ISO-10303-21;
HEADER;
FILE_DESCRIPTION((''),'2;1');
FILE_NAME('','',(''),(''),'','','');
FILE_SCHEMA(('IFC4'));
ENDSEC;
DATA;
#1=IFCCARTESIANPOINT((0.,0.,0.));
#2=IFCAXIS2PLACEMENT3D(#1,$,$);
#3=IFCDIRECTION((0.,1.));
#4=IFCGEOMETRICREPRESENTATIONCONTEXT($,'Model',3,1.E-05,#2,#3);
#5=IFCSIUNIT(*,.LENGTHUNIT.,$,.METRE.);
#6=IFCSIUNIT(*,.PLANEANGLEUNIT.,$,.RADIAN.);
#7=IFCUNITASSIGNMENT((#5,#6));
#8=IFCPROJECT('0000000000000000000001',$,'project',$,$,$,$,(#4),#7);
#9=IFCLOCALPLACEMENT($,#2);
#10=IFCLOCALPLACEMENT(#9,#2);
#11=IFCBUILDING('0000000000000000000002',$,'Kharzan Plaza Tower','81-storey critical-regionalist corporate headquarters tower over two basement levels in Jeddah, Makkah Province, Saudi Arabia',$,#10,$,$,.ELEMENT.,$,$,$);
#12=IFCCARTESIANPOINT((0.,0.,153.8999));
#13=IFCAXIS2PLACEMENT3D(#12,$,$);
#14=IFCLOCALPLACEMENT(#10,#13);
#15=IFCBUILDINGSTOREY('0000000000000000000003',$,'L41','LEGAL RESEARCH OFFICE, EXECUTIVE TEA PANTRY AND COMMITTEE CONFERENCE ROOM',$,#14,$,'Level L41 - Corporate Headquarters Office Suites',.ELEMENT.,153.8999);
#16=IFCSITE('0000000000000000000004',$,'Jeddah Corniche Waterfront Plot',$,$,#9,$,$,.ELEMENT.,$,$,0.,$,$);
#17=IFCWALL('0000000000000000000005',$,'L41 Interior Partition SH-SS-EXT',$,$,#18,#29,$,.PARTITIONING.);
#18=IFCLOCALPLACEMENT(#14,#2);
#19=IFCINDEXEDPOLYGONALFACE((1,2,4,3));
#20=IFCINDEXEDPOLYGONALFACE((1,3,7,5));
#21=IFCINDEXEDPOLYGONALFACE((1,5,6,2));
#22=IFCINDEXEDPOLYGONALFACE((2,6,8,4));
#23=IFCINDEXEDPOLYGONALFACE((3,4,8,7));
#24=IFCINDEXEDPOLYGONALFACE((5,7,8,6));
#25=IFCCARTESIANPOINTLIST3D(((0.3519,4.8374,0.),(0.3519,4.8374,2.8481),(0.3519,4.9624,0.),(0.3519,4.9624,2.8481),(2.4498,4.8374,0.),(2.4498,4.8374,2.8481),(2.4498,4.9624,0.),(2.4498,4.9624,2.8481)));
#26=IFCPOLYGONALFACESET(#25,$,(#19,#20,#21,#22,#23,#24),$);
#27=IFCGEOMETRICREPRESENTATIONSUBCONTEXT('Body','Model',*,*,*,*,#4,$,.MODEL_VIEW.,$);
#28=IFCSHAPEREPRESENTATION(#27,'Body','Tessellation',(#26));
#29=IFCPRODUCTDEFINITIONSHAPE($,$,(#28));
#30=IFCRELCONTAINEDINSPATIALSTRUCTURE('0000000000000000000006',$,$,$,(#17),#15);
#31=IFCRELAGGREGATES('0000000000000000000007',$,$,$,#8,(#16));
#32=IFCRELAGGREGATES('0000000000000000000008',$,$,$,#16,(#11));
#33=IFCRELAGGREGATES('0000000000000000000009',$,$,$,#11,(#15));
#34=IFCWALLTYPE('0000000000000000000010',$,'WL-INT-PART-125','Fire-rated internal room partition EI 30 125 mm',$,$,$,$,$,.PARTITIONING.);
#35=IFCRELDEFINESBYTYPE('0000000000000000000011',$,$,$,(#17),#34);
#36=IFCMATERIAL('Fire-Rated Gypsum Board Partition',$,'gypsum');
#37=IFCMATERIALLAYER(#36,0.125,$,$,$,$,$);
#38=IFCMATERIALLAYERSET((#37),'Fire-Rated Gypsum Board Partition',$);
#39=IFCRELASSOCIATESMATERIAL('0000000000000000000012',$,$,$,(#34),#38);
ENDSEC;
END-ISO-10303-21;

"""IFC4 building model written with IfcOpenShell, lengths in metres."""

from ifc_helpers import new_model, si_unit, direction, frame, frame_2d, origin, place, context, subcontext, project, spatial, rectangle, extrude, source, transform, mapped, material, layer, layer_set, type_object, element, save


model = new_model("IFC4")

# Units and contexts
model_context = context("Model", 3, precision=1e-05, world=origin(), true_north=direction((0.0, 1.0)))
body_context = subcontext(model_context, "Body", "Model", "MODEL_VIEW")
ifc_project = project(units=[si_unit("LENGTHUNIT", "METRE"), si_unit("PLANEANGLEUNIT", "RADIAN")], contexts=[model_context])

# Site, building, storey
site_placement = place(None, origin())
site = spatial("IfcSite", under=ifc_project, at=site_placement, Name="Jeddah Corniche Waterfront Plot", CompositionType="ELEMENT", RefElevation=0.0)
building_placement = place(site_placement, origin())
building = spatial("IfcBuilding", under=site, at=building_placement, Name="Kharzan Plaza Tower", Description="81-storey critical-regionalist corporate headquarters tower over two basement levels in Jeddah, Makkah Province, Saudi Arabia", CompositionType="ELEMENT")
storey_placement = place(building_placement, frame((0.0, 0.0, 153.8999)))
storey = spatial("IfcBuildingStorey", under=building, at=storey_placement, Name="L41", Description="LEGAL RESEARCH OFFICE, EXECUTIVE TEA PANTRY AND COMMITTEE CONFERENCE ROOM", LongName="Level L41 - Corporate Headquarters Office Suites", CompositionType="ELEMENT", Elevation=153.8999)

# Shared definitions
ifc_material_1 = material(Name="Fire-Rated Gypsum Board Partition", Category="gypsum")
ifc_layer_1 = layer(ifc_material_1, 0.125)
ifc_layer_set_1 = layer_set([ifc_layer_1], Name="Fire-Rated Gypsum Board Partition")
wall_type_1 = type_object("IfcWallType", Name="WL-INT-PART-125", Description="Fire-rated internal room partition EI 30 125 mm", PredefinedType="PARTITIONING", material=ifc_layer_set_1)

# Wall
shared_shape_1 = source(origin(), body_context, "Body", "SweptSolid", [
    extrude(rectangle(XDim=2.0979, YDim=0.125, at=frame_2d((1.0488, 0.0))), origin(), (0.0, 0.0, 1.0), 2.8481),
])
wall_1_placement = place(storey_placement, frame((0.3521, 4.8999, 0.0), z_axis=(0.0, 0.0, 1.0), x_axis=(1.0, 0.0, 0.0)))
element("IfcWall", 1, at=wall_1_placement, inside=storey, type_object=wall_type_1, Name="L41 Interior Partition SH-SS-EXT", PredefinedType="PARTITIONING", context=body_context, shape_type="MappedRepresentation", body=[
    mapped(shared_shape_1, transform((0.0, 0.0, 0.0), x_axis=(1.0, 0.0, 0.0), y_axis=(0.0, 1.0, 0.0), z_axis=(0.0, 0.0, 1.0))),
])

save(model, "model.ifc")
